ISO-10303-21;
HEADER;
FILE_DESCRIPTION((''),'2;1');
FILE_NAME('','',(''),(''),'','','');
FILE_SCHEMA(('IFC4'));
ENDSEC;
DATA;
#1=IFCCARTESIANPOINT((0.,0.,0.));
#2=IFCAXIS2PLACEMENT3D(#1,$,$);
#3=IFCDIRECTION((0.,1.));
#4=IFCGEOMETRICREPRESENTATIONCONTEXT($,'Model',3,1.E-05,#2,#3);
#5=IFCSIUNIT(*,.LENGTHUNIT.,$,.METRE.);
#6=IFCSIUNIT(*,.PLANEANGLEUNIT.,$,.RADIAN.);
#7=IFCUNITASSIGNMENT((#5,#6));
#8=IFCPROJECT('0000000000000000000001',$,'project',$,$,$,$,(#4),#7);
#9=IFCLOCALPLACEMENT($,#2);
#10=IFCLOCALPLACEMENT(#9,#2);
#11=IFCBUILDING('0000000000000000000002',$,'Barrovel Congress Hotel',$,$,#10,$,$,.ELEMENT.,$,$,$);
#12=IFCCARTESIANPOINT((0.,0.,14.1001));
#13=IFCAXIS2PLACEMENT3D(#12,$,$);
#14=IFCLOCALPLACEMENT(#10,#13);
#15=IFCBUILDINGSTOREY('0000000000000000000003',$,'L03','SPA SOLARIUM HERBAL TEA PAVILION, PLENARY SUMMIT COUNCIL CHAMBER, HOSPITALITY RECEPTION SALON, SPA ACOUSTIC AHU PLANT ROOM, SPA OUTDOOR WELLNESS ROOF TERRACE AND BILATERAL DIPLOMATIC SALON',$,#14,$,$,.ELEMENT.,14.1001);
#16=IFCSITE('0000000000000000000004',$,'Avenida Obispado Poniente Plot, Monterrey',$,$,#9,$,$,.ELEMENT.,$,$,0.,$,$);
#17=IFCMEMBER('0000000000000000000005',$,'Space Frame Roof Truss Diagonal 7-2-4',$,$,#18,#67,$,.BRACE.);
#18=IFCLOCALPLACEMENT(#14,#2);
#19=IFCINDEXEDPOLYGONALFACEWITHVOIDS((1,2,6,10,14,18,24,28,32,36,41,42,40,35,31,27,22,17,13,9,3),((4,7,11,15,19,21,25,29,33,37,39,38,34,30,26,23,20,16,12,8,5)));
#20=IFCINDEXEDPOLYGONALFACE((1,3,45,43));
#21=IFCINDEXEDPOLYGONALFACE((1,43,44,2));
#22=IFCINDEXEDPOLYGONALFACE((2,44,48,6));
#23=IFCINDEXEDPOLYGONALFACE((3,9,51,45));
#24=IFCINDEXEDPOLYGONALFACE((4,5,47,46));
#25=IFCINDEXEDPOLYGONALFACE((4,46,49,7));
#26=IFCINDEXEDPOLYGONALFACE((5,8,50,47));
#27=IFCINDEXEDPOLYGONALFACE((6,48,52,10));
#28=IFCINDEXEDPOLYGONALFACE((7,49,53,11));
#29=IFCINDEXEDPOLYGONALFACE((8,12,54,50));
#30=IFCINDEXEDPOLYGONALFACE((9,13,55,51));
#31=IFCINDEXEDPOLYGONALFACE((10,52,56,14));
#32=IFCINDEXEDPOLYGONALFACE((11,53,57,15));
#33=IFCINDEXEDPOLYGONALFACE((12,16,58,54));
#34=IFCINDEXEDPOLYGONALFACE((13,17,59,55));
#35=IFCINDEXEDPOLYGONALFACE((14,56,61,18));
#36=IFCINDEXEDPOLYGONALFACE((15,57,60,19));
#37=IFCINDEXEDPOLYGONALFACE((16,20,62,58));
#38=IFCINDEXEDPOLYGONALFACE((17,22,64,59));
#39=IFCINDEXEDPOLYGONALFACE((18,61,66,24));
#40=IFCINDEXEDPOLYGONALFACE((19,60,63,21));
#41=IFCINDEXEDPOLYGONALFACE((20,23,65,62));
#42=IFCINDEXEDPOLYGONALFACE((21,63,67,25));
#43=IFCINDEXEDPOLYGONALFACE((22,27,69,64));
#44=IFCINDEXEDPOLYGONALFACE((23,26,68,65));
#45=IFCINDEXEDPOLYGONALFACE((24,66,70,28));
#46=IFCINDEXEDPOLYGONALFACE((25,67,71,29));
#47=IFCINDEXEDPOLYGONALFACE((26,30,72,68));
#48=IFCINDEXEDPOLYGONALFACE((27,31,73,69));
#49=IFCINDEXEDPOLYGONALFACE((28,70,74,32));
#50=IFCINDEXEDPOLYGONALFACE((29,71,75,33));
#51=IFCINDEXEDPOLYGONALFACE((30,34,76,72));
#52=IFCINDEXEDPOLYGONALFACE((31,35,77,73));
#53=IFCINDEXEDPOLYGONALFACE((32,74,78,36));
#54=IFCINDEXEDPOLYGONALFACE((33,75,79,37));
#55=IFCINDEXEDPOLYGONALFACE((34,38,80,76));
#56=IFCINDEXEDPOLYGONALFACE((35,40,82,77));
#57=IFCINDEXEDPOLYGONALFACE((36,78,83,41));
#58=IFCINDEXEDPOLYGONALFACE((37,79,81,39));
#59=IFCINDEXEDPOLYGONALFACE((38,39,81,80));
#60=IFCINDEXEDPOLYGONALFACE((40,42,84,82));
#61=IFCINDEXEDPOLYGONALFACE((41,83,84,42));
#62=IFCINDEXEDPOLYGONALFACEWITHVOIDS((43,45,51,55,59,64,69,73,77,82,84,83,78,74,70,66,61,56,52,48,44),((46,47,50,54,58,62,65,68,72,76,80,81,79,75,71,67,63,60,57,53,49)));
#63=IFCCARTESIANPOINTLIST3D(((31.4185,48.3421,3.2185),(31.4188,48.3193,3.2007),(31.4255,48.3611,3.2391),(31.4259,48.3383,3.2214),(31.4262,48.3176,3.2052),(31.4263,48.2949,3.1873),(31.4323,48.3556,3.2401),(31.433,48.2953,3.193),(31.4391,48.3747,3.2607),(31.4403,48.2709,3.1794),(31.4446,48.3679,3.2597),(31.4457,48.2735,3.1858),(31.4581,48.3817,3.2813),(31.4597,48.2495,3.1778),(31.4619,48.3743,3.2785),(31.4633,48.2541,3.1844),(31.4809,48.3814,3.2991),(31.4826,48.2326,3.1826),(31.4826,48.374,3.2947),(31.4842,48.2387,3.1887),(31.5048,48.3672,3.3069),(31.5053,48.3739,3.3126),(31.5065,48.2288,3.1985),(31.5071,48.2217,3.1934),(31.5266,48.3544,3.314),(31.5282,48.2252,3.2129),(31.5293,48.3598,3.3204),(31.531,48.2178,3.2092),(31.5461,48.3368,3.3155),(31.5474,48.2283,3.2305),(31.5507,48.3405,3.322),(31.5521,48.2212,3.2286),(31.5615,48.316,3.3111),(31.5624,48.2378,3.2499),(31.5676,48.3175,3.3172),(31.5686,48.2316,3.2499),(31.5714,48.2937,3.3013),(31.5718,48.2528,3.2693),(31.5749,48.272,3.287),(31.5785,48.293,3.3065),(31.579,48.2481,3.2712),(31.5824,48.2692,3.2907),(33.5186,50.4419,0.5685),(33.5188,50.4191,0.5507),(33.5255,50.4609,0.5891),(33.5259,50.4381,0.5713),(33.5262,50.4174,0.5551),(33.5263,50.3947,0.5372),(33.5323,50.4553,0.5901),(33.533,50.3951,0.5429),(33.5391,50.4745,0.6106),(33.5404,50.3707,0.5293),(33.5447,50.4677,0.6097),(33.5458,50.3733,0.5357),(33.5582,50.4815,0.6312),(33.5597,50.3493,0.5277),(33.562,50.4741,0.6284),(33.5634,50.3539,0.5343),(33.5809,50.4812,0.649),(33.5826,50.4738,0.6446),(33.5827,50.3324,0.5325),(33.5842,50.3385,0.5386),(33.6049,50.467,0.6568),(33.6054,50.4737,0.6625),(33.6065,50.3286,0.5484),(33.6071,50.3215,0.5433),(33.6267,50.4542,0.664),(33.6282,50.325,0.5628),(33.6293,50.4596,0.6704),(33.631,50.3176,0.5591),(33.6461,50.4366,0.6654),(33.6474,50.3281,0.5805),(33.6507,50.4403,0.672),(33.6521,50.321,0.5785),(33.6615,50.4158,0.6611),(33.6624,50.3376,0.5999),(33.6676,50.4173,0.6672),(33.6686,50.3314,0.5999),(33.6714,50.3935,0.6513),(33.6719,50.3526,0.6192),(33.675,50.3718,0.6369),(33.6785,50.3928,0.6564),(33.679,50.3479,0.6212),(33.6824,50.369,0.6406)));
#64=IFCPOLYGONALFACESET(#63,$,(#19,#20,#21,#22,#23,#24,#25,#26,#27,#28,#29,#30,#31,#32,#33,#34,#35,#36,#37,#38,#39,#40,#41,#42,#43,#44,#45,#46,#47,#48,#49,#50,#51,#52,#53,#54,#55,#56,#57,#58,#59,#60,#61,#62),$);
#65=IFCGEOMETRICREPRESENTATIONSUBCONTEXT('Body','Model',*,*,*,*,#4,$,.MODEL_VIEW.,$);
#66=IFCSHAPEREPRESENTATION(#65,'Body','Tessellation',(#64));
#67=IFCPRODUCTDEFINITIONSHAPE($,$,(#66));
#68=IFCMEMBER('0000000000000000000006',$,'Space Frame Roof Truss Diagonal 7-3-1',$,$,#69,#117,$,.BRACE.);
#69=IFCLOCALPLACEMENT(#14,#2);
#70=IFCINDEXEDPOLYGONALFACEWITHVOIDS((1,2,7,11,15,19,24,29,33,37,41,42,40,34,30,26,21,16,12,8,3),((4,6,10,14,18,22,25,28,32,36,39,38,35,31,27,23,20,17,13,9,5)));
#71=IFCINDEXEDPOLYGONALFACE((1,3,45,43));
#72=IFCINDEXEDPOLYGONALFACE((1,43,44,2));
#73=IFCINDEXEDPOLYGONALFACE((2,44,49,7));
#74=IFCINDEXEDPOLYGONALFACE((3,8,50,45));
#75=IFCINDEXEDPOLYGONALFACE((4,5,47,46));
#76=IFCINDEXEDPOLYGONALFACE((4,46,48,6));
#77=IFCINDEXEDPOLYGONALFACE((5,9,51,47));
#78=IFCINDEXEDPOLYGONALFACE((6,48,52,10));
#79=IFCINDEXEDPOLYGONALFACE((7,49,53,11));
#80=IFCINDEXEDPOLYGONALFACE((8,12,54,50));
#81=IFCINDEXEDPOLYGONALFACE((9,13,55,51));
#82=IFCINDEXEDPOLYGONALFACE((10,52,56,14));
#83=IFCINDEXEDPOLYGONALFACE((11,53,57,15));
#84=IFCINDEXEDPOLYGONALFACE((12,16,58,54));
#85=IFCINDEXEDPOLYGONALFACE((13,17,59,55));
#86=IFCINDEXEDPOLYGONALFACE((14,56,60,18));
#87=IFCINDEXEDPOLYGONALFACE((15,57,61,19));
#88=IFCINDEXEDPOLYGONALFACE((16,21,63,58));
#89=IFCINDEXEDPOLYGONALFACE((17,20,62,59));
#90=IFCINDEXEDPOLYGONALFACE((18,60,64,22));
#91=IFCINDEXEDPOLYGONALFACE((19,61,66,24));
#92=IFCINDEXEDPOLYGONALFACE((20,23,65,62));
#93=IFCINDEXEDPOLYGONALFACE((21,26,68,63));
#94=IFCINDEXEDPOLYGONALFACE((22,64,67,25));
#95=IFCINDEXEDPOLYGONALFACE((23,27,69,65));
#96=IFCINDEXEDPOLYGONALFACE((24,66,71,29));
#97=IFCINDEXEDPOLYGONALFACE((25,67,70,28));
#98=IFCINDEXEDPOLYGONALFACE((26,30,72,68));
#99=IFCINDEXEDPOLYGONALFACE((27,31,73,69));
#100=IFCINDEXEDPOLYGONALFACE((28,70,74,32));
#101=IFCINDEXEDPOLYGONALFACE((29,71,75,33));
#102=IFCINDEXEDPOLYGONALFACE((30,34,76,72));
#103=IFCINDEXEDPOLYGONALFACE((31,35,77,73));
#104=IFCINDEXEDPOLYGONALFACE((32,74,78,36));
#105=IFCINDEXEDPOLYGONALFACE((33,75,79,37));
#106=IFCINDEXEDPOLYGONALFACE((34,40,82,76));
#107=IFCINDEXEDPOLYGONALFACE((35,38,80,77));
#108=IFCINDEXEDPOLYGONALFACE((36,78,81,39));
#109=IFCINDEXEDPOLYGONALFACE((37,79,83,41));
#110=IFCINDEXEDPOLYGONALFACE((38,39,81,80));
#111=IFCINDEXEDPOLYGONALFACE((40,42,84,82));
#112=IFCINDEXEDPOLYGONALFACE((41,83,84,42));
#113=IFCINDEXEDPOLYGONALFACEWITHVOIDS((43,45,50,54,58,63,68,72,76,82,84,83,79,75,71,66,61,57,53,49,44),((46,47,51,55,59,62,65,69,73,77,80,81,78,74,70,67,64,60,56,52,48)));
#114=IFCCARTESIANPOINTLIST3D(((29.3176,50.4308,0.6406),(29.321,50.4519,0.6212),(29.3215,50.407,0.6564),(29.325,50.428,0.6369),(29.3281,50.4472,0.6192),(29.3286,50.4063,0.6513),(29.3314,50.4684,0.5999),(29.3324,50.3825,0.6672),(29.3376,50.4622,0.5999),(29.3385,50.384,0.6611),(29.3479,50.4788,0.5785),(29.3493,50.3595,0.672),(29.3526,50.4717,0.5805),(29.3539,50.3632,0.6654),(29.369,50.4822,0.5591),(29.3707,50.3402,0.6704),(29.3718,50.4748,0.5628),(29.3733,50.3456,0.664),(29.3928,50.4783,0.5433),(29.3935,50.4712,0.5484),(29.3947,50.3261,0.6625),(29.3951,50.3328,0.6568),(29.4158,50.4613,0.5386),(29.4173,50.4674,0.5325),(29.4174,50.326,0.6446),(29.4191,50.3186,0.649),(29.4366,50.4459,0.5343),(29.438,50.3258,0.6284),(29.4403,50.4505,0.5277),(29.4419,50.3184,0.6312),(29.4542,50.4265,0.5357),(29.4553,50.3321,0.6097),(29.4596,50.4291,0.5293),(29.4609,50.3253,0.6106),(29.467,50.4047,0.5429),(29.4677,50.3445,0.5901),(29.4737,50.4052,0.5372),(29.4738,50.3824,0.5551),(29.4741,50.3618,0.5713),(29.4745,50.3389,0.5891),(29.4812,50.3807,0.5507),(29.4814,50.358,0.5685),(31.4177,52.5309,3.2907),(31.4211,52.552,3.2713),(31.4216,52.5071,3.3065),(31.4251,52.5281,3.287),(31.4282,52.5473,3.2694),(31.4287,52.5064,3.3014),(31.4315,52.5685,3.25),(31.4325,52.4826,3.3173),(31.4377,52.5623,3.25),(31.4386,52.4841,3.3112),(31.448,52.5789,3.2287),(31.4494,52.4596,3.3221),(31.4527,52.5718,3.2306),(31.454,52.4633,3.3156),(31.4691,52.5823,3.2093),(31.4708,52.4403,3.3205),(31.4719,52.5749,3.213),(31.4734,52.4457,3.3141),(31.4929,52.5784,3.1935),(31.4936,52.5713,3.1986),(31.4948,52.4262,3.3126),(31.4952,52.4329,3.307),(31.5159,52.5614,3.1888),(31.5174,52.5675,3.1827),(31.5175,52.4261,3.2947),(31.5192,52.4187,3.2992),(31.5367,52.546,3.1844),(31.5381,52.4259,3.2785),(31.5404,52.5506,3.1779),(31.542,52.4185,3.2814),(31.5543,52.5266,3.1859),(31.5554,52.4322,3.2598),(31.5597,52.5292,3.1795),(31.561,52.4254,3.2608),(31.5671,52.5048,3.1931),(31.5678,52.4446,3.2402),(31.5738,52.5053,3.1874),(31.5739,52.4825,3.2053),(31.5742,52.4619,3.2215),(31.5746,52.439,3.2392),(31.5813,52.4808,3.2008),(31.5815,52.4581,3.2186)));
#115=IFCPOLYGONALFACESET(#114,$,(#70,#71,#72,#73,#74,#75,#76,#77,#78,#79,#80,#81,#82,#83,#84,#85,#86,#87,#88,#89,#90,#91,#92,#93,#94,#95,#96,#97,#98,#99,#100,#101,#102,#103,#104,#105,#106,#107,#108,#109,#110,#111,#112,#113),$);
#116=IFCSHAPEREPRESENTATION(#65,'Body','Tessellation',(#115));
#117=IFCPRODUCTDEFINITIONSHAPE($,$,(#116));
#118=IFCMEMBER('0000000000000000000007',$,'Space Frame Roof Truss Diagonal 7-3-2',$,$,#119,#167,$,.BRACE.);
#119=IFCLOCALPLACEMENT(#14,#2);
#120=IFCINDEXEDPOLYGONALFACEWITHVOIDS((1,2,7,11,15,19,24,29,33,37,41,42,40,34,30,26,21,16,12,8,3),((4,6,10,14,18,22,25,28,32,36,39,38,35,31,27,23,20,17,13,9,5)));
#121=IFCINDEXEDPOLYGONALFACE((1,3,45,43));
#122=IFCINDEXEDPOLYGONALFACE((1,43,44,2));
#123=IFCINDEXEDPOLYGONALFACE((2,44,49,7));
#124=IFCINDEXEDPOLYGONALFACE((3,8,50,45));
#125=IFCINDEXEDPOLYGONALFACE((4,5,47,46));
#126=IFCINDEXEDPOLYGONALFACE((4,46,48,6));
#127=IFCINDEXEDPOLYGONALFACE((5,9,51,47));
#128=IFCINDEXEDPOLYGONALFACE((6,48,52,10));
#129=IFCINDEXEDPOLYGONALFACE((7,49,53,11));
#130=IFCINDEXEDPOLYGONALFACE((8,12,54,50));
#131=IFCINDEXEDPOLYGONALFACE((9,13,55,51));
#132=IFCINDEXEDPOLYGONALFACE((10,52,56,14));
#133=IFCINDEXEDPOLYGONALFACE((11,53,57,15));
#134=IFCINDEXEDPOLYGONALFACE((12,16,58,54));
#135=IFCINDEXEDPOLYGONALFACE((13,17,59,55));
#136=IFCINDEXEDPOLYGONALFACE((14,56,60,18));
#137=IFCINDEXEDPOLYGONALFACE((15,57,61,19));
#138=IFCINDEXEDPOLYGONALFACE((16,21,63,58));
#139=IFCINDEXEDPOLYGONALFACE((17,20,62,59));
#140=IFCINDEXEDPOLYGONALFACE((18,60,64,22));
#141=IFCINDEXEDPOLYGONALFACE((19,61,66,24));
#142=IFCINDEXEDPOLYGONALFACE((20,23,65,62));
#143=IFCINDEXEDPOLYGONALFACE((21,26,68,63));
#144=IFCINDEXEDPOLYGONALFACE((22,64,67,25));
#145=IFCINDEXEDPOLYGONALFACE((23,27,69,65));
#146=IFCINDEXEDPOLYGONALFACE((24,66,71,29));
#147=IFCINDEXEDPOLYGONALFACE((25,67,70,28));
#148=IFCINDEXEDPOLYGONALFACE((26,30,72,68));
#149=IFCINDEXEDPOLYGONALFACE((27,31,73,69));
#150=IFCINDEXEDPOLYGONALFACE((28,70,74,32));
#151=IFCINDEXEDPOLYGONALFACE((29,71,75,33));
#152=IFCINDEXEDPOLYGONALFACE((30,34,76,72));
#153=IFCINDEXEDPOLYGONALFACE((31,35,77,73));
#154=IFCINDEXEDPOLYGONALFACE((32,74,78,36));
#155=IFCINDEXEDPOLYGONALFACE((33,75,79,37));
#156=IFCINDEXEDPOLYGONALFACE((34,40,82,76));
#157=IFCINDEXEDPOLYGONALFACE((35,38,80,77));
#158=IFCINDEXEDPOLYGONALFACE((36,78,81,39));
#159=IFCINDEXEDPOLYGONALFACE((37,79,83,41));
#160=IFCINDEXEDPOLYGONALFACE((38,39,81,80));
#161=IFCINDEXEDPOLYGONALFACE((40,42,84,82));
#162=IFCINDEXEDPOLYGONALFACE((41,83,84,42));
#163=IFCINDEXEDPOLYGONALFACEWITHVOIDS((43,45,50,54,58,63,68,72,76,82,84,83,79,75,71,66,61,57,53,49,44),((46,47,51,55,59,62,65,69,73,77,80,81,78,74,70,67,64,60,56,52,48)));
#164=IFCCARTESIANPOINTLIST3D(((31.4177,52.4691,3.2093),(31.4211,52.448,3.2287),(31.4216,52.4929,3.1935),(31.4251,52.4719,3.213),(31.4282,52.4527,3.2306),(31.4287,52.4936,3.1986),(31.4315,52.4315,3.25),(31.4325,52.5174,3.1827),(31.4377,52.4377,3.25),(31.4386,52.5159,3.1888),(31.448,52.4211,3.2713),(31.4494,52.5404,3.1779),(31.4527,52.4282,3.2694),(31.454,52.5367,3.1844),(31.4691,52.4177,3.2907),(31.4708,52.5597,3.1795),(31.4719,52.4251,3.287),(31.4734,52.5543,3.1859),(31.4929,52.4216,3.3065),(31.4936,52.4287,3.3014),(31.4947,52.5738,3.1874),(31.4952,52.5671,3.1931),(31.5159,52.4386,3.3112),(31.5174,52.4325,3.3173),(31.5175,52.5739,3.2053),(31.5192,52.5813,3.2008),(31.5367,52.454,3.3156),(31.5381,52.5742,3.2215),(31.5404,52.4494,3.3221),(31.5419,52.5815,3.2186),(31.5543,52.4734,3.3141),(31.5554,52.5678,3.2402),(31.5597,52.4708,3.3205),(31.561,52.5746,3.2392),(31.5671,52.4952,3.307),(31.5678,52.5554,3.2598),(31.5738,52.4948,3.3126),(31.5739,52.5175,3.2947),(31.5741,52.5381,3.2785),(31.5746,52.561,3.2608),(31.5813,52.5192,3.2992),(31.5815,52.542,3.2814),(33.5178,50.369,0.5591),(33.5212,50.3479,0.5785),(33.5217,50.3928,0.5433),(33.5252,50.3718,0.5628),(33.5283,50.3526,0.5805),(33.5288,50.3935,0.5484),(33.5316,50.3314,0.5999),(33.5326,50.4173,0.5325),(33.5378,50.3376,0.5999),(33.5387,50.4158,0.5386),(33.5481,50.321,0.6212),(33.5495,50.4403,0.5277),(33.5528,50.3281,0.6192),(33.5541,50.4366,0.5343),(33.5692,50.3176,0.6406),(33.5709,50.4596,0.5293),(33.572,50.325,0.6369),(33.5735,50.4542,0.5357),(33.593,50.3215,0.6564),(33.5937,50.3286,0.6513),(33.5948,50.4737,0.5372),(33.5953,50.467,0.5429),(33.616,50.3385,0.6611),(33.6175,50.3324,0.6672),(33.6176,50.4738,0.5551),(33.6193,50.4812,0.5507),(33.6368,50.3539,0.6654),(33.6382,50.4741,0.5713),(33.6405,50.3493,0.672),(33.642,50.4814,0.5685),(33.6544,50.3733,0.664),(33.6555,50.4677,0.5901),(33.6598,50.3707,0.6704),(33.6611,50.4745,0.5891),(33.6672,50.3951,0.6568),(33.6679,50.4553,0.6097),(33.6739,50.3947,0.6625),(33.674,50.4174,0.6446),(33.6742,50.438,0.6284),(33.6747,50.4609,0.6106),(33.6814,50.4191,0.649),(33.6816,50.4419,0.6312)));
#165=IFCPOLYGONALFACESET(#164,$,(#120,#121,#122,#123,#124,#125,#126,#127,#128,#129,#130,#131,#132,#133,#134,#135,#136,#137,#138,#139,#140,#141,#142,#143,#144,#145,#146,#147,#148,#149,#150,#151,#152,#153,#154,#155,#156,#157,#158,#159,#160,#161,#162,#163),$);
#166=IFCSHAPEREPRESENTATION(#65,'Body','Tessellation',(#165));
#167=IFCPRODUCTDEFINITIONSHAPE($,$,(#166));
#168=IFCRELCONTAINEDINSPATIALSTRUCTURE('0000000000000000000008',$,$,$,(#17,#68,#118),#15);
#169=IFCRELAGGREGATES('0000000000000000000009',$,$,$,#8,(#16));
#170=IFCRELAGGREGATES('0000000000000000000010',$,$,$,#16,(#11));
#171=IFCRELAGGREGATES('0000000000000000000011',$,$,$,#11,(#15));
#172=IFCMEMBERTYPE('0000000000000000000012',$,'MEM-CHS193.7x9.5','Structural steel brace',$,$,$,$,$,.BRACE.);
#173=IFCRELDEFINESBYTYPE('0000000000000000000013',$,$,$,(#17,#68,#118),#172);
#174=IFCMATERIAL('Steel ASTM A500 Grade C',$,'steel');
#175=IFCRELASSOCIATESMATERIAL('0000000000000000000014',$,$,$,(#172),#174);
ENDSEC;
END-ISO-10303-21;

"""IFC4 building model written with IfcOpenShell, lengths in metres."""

from ifc_helpers import new_model, si_unit, direction, frame, origin, origin_2d, place, context, subcontext, project, spatial, hollow_circle, extrude, material, material_profile, profile_set, type_object, element, save


model = new_model("IFC4")

# Units and contexts
model_context = context("Model", 3, precision=1e-05, world=origin(), true_north=direction((0.0, 1.0)))
body_context = subcontext(model_context, "Body", "Model", "MODEL_VIEW")
ifc_project = project(units=[si_unit("LENGTHUNIT", "METRE"), si_unit("PLANEANGLEUNIT", "RADIAN")], contexts=[model_context])

# Site, building, storey
site_placement = place(None, origin())
site = spatial("IfcSite", under=ifc_project, at=site_placement, Name="Avenida Obispado Poniente Plot, Monterrey", CompositionType="ELEMENT", RefElevation=0.0)
building_placement = place(site_placement, origin())
building = spatial("IfcBuilding", under=site, at=building_placement, Name="Barrovel Congress Hotel", CompositionType="ELEMENT")
storey_placement = place(building_placement, frame((0.0, 0.0, 14.1001)))
storey = spatial("IfcBuildingStorey", under=building, at=storey_placement, Name="L03", Description="SPA SOLARIUM HERBAL TEA PAVILION, PLENARY SUMMIT COUNCIL CHAMBER, HOSPITALITY RECEPTION SALON, SPA ACOUSTIC AHU PLANT ROOM, SPA OUTDOOR WELLNESS ROOF TERRACE AND BILATERAL DIPLOMATIC SALON", CompositionType="ELEMENT", Elevation=14.1001)

# Members
ifc_material_1 = material(Name="Steel ASTM A500 Grade C", Category="steel")
ifc_material_profile_1 = material_profile(ifc_material_1, hollow_circle(Radius=0.0969, WallThickness=0.0088, at=origin_2d()), Name="CHS193.7x9.5")
ifc_profile_set_1 = profile_set([ifc_material_profile_1], Name="Steel ASTM A500 Grade C")
member_type_1 = type_object("IfcMemberType", Name="MEM-CHS193.7x9.5", Description="Structural steel brace", PredefinedType="BRACE", material=ifc_profile_set_1)
for number, where, z_axis, x_axis, name in (
    (1, (33.6001, 50.3999, 0.5999), (-0.527618, -0.527557, 0.66581), (0.707066, -0.707148, 0.0), "Space Frame Roof Truss Diagonal 7-2-4"),
):
    element("IfcMember", number, at=place(storey_placement, frame(where, z_axis=z_axis, x_axis=x_axis)), inside=storey, type_object=member_type_1, Name=name, PredefinedType="BRACE", context=body_context, shape_type="SweptSolid", body=[
        extrude(hollow_circle(Radius=0.0969, WallThickness=0.0088, at=origin_2d()), origin(), (0.0, 0.0, 1.0), 3.9802),
    ])
for number, where, z_axis, x_axis, name in (
    (2, (29.3999, 50.3999, 0.5999), (0.527601, 0.527601, 0.665788), (-0.707107, 0.707107, 0.0), "Space Frame Roof Truss Diagonal 7-3-1"),
    (3, (33.6001, 50.3999, 0.5999), (-0.527601, 0.527601, 0.665788), (-0.707107, -0.707107, 0.0), "Space Frame Roof Truss Diagonal 7-3-2"),
):
    element("IfcMember", number, at=place(storey_placement, frame(where, z_axis=z_axis, x_axis=x_axis)), inside=storey, type_object=member_type_1, Name=name, PredefinedType="BRACE", context=body_context, shape_type="SweptSolid", body=[
        extrude(hollow_circle(Radius=0.0969, WallThickness=0.0088, at=origin_2d()), origin(), (0.0, 0.0, 1.0), 3.9805),
    ])

save(model, "model.ifc")
